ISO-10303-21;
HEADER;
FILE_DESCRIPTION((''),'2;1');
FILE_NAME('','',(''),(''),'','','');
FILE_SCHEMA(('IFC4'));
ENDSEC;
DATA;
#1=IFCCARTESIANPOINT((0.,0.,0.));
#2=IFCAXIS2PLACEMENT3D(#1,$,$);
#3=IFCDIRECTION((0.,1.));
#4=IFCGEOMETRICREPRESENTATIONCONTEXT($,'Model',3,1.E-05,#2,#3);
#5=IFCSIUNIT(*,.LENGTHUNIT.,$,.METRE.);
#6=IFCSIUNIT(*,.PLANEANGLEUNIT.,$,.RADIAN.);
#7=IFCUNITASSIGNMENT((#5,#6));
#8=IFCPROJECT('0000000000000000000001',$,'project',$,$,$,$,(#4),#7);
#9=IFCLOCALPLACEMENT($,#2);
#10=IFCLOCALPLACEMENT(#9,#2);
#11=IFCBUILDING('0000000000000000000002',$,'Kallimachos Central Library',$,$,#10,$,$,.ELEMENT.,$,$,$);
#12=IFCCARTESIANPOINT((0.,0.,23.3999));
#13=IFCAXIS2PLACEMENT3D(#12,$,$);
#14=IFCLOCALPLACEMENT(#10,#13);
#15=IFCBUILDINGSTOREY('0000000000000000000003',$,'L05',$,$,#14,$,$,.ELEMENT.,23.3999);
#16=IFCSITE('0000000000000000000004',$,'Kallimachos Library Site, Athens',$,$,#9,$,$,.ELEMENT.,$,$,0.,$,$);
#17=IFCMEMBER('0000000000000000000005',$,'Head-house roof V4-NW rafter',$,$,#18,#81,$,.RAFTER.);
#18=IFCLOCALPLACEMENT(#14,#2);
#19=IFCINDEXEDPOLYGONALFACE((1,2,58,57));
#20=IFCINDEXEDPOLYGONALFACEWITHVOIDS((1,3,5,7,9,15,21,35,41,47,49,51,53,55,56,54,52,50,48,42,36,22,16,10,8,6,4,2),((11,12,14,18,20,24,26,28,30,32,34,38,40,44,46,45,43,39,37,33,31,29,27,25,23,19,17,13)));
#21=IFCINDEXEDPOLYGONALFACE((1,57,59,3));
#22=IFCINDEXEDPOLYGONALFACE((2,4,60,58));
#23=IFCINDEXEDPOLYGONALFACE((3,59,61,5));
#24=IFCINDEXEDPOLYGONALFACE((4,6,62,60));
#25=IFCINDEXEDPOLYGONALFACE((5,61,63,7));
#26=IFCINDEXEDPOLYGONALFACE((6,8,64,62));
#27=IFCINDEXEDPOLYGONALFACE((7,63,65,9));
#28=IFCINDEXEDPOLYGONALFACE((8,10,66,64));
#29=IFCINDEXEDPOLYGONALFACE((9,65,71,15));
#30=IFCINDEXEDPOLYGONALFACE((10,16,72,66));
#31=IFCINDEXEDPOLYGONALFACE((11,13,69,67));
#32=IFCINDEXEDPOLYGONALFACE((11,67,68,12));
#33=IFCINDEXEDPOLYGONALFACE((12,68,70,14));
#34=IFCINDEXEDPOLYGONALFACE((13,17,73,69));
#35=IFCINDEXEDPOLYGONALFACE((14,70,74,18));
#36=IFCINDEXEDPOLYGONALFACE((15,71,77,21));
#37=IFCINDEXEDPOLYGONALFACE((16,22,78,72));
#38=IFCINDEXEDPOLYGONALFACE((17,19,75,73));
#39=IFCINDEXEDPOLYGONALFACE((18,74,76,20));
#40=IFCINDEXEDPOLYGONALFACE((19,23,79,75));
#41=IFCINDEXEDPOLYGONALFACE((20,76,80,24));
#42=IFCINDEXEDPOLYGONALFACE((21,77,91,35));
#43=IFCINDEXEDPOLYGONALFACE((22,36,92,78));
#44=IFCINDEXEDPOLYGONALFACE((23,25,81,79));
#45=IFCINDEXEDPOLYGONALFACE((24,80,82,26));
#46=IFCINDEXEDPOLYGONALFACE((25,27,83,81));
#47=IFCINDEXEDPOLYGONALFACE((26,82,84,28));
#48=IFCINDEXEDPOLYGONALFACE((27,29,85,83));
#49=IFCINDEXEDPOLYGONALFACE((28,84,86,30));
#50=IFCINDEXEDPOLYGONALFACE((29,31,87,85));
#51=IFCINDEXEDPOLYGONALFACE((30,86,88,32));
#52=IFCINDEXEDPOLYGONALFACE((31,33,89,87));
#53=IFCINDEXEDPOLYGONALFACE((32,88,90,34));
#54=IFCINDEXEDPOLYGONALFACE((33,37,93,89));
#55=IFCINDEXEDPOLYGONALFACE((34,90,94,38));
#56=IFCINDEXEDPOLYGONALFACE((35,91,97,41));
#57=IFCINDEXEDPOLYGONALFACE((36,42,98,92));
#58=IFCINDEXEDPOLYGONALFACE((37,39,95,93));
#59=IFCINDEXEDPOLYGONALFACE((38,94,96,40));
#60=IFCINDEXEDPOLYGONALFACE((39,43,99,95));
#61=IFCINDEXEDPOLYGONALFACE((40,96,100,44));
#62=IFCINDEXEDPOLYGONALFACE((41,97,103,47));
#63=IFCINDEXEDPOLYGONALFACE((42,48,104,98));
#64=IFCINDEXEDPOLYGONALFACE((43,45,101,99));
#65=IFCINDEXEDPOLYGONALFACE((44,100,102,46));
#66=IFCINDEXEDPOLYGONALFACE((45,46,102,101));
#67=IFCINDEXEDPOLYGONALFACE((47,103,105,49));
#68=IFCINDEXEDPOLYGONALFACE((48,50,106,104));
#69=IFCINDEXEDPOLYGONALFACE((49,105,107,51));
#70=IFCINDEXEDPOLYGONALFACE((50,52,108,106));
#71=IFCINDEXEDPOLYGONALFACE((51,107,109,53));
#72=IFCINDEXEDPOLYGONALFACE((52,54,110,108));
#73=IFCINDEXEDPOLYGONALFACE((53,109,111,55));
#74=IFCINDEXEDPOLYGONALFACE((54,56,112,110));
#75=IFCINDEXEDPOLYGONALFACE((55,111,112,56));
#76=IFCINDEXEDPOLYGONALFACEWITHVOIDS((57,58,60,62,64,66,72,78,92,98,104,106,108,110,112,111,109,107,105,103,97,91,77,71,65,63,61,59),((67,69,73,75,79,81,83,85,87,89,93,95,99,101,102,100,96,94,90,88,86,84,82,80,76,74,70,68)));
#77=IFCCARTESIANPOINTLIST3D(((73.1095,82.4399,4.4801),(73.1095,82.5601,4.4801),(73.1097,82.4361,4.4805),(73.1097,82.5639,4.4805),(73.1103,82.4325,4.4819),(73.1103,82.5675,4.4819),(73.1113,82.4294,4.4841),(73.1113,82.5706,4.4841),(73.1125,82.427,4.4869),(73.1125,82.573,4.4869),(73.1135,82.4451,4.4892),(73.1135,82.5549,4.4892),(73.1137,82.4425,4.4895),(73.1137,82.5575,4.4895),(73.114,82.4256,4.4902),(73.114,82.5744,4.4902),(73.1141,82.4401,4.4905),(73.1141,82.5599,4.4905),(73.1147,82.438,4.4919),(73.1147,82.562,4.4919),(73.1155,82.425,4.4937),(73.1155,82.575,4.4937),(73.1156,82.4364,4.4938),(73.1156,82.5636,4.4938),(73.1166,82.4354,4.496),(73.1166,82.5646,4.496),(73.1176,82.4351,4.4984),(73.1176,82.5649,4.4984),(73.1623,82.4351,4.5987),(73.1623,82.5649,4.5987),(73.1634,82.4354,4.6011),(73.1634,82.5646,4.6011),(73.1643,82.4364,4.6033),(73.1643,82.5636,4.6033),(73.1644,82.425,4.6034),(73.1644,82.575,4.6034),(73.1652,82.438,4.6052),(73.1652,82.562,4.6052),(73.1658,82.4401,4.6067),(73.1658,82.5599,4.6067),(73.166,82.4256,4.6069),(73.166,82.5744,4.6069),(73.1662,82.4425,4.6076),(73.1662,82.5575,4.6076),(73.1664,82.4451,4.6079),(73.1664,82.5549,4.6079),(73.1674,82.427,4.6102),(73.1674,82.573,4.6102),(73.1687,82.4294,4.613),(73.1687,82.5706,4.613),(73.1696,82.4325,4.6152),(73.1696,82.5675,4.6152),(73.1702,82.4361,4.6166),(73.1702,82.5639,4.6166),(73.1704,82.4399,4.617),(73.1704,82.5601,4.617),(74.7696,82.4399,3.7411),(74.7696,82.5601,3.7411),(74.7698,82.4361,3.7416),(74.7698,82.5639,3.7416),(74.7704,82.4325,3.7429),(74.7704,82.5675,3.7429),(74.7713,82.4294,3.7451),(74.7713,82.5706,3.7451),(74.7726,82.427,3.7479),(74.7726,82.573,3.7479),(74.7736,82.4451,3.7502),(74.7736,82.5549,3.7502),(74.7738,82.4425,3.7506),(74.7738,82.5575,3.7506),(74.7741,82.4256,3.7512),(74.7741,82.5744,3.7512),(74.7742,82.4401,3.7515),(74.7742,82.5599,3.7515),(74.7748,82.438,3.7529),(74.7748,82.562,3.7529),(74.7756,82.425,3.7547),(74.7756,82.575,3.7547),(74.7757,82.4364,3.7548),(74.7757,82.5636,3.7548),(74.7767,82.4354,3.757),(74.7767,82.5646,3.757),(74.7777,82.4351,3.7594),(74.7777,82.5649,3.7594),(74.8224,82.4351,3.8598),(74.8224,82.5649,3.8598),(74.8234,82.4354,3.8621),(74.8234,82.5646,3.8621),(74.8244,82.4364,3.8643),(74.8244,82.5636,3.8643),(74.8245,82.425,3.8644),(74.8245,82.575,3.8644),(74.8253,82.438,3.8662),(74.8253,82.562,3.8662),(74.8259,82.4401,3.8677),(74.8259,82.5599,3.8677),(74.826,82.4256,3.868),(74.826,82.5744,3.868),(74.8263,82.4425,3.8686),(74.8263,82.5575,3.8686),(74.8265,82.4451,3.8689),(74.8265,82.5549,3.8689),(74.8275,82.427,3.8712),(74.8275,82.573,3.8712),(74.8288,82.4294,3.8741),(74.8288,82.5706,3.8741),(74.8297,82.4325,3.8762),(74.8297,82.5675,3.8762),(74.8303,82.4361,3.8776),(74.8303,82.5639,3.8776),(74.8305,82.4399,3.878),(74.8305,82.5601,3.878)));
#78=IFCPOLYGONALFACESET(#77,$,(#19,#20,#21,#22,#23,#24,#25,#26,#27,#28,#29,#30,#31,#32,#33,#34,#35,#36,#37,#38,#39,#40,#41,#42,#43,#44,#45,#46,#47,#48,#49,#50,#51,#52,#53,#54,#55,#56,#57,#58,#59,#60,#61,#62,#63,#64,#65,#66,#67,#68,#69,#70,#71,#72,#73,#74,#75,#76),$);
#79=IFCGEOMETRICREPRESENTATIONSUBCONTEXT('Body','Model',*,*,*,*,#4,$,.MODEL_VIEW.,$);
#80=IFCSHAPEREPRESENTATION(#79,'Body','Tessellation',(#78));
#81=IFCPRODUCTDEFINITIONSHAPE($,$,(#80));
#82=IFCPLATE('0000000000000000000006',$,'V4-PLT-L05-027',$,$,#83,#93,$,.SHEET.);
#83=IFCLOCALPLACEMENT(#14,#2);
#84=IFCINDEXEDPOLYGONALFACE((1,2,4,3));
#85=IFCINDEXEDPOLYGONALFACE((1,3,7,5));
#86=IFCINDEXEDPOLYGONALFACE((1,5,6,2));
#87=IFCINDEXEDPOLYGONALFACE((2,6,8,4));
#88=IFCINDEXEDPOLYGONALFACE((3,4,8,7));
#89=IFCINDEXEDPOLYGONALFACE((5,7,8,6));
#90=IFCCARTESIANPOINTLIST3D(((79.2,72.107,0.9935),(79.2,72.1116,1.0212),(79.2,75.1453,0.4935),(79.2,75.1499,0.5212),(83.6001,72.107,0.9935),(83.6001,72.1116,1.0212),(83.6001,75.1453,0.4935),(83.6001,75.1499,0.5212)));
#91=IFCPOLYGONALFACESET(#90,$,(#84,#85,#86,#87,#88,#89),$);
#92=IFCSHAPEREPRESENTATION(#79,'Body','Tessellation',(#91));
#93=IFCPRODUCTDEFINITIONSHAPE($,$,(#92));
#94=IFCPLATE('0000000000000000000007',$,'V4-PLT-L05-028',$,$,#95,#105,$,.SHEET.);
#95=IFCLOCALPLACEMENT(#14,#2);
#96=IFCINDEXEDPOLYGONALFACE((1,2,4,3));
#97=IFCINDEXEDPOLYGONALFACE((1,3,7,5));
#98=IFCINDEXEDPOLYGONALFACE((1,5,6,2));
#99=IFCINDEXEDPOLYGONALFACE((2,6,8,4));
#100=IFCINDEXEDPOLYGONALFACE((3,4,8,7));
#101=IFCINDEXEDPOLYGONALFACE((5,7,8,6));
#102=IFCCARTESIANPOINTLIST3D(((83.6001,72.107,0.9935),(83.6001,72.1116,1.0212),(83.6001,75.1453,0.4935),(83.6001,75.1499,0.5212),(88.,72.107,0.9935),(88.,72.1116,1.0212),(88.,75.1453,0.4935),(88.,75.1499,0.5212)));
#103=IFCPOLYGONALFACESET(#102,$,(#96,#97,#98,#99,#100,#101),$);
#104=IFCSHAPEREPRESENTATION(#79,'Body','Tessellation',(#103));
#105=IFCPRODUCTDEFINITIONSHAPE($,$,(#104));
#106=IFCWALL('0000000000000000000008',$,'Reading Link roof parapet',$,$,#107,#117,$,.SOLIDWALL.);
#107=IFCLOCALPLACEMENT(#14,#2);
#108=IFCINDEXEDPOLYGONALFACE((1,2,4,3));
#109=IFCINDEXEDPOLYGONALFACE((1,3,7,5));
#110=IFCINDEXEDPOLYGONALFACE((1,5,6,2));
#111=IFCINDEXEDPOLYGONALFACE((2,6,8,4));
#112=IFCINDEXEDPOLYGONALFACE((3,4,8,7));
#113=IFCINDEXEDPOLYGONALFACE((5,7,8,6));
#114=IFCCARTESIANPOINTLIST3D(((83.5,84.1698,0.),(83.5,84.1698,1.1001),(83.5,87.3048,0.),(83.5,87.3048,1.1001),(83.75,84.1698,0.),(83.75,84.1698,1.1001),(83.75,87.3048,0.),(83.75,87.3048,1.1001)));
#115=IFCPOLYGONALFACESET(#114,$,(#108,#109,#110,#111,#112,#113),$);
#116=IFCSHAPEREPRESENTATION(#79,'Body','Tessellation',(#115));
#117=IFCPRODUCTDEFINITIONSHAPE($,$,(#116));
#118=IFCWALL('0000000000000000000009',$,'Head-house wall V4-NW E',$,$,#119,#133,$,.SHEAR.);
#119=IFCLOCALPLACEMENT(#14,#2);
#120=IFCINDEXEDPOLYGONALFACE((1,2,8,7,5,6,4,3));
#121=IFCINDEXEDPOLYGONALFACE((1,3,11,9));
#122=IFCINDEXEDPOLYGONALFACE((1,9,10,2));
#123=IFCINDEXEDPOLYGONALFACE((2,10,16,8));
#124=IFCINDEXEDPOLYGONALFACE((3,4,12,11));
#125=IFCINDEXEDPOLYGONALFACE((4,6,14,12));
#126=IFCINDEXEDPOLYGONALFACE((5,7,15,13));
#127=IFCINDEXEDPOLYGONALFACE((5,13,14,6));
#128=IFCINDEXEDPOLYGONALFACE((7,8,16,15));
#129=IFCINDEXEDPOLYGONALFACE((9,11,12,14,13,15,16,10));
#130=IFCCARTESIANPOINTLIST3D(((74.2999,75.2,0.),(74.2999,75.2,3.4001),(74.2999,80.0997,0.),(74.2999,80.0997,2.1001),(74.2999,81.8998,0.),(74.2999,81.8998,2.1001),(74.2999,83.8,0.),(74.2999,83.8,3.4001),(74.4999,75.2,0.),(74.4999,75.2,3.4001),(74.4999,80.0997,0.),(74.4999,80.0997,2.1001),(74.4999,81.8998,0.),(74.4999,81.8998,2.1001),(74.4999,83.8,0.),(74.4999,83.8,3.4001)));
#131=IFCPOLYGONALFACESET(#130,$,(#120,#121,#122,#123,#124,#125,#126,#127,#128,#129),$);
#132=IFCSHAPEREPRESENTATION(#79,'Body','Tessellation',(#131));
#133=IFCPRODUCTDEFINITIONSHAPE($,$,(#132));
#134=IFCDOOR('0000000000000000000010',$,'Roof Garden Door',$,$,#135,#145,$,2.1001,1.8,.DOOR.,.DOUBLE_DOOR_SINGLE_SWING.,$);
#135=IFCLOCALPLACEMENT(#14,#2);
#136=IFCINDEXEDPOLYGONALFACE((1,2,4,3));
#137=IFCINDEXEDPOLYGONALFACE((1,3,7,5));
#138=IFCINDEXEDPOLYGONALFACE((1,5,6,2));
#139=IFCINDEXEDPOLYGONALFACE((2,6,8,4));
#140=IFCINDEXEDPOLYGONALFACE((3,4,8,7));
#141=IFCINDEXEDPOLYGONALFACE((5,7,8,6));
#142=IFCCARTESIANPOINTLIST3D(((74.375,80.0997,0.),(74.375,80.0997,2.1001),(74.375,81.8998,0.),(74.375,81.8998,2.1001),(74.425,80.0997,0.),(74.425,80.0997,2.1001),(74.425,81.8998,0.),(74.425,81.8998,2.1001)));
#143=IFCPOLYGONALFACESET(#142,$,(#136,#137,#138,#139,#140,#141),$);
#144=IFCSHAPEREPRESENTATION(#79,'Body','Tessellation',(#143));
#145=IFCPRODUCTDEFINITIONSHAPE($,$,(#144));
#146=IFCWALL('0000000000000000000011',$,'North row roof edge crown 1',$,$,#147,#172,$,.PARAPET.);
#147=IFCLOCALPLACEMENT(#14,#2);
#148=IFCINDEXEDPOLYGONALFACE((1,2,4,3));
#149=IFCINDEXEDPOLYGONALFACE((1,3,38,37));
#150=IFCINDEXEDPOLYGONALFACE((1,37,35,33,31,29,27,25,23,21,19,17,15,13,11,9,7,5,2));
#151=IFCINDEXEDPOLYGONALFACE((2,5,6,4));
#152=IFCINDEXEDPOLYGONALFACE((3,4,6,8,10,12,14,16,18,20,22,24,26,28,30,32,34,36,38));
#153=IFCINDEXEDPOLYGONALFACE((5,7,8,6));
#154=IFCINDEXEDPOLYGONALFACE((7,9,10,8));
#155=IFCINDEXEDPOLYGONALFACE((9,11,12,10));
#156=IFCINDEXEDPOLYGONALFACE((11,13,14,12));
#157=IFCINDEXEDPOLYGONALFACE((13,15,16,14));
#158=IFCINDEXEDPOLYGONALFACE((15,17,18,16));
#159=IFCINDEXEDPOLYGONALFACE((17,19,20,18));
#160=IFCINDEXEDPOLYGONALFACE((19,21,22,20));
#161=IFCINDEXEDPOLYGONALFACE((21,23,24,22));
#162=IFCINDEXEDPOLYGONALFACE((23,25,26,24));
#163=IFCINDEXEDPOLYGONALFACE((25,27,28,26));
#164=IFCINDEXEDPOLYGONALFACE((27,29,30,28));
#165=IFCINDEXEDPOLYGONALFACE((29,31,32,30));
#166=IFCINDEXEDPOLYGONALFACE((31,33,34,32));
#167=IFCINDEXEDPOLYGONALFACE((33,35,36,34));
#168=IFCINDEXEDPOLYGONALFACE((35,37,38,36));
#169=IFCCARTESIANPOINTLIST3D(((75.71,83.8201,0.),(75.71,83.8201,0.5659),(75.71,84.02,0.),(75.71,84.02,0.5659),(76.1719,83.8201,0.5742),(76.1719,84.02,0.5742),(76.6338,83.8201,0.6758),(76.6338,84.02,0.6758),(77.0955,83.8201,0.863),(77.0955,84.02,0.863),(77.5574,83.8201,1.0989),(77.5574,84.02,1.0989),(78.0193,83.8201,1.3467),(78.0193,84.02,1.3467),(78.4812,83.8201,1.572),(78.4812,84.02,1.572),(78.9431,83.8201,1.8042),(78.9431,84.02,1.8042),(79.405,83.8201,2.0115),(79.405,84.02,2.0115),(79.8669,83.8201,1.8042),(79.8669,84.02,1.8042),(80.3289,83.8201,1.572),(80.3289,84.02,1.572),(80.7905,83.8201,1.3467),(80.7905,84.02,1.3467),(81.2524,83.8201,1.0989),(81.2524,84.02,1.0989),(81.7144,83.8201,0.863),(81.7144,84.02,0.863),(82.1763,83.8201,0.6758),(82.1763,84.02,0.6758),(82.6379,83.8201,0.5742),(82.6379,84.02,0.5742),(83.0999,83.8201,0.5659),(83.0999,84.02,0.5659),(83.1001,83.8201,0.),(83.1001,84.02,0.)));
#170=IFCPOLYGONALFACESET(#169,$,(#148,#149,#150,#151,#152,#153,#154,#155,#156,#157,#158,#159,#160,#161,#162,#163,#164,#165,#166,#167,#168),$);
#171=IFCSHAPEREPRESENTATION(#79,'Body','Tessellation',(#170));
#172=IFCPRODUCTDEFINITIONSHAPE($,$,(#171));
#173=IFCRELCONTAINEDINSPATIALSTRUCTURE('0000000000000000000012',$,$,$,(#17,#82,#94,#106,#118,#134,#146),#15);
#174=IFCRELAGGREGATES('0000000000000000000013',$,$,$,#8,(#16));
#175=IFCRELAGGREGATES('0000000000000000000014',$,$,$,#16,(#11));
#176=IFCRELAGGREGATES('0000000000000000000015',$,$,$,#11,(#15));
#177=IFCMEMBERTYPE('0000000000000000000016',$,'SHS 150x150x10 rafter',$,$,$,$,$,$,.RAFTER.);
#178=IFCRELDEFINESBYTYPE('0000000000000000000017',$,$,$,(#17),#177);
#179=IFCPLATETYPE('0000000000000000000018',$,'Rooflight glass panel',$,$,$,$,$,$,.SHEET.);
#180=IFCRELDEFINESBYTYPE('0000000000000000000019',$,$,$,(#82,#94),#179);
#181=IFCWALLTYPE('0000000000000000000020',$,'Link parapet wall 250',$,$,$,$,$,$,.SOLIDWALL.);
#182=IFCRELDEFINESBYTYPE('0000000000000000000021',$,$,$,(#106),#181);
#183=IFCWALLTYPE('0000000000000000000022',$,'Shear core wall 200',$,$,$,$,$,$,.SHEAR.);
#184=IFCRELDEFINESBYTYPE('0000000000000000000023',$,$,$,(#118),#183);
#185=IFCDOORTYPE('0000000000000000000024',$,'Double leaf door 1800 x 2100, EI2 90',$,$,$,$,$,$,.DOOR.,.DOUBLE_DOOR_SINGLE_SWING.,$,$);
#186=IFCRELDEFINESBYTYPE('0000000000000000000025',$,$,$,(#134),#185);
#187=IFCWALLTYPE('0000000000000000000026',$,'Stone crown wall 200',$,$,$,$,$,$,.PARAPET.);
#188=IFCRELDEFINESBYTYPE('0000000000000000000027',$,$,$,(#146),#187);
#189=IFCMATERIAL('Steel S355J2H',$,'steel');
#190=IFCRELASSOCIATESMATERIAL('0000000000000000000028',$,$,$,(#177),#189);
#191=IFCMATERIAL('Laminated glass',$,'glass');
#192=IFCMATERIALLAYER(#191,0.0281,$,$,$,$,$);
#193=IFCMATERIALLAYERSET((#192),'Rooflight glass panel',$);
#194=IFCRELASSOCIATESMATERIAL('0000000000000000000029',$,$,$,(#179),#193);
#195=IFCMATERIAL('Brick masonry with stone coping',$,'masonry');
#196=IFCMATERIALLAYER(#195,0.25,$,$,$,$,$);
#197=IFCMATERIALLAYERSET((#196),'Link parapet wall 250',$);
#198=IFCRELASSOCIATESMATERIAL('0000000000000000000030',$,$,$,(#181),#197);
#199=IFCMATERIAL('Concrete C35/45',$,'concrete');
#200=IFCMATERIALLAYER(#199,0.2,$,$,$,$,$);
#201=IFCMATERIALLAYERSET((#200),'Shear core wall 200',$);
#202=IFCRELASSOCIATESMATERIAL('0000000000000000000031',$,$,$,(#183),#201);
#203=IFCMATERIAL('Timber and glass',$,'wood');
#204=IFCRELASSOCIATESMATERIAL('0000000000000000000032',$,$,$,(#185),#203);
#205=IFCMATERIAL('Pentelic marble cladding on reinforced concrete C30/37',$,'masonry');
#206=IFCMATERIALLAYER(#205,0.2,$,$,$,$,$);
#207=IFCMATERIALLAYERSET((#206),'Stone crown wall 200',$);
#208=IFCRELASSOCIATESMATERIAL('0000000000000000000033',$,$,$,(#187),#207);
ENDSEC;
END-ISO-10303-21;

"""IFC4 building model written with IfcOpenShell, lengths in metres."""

from ifc_helpers import new_model, si_unit, direction, frame, frame_2d, origin, origin_2d, place, context, subcontext, project, spatial, polyline, rectangle, hollow_rectangle, outline, extrude, material, layer, layer_set, material_profile, profile_set, type_object, element, fill, save


model = new_model("IFC4")

# Units and contexts
model_context = context("Model", 3, precision=1e-05, world=origin(), true_north=direction((0.0, 1.0)))
body_context = subcontext(model_context, "Body", "Model", "MODEL_VIEW")
ifc_project = project(units=[si_unit("LENGTHUNIT", "METRE"), si_unit("PLANEANGLEUNIT", "RADIAN")], contexts=[model_context])

# Site, building, storey
site_placement = place(None, origin())
site = spatial("IfcSite", under=ifc_project, at=site_placement, Name="Kallimachos Library Site, Athens", CompositionType="ELEMENT", RefElevation=0.0)
building_placement = place(site_placement, origin())
building = spatial("IfcBuilding", under=site, at=building_placement, Name="Kallimachos Central Library", CompositionType="ELEMENT")
storey_placement = place(building_placement, frame((0.0, 0.0, 23.3999)))
storey = spatial("IfcBuildingStorey", under=building, at=storey_placement, Name="L05", CompositionType="ELEMENT", Elevation=23.3999)

# Member
ifc_material_1 = material(Name="Steel S355J2H", Category="steel")
ifc_material_profile_1 = material_profile(ifc_material_1, hollow_rectangle(XDim=0.1499, YDim=0.1499, WallThickness=0.01, InnerFilletRadius=0.01, OuterFilletRadius=0.0149, at=origin_2d()), Name="SHS 150x150x10")
ifc_profile_set_1 = profile_set([ifc_material_profile_1], Name="Steel S355J2H")
member_type_1 = type_object("IfcMemberType", Name="SHS 150x150x10 rafter", PredefinedType="RAFTER", material=ifc_profile_set_1)
member_1_placement = place(storey_placement, frame((74.8, 82.5, 3.8096), z_axis=(-0.913573, 0.0, 0.406674), x_axis=(0.0, -1.0, 0.0)))
element("IfcMember", 1, at=member_1_placement, inside=storey, type_object=member_type_1, Name="Head-house roof V4-NW rafter", PredefinedType="RAFTER", context=body_context, shape_type="SweptSolid", body=[
    extrude(hollow_rectangle(XDim=0.1499, YDim=0.1499, WallThickness=0.01, InnerFilletRadius=0.01, OuterFilletRadius=0.0149, at=origin_2d()), origin(), (0.0, 0.0, 1.0), 1.8171),
])

# Plates
ifc_material_2 = material(Name="Laminated glass", Category="glass")
ifc_layer_1 = layer(ifc_material_2, 0.0281)
ifc_layer_set_1 = layer_set([ifc_layer_1], Name="Rooflight glass panel")
plate_type = type_object("IfcPlateType", Name="Rooflight glass panel", PredefinedType="SHEET", material=ifc_layer_set_1)
plate_1_placement = place(storey_placement, frame((79.2, 75.1499, 0.5212), z_axis=(0.0, 0.16238, 0.986728), x_axis=(1.0, 0.0, 0.0)))
element("IfcPlate", 2, at=plate_1_placement, inside=storey, type_object=plate_type, Name="V4-PLT-L05-027", PredefinedType="SHEET", context=body_context, shape_type="SweptSolid", body=[
    extrude(outline(polyline([(0.0, 0.0), (4.4001, 0.0), (4.4001, -3.0792), (0.0, -3.0792), (0.0, 0.0)])), origin(), (0.0, 0.0, -1.0), 0.0281),
])
plate_2_placement = place(storey_placement, frame((83.6001, 75.1499, 0.5212), z_axis=(0.0, 0.16238, 0.986728), x_axis=(1.0, 0.0, 0.0)))
element("IfcPlate", 3, at=plate_2_placement, inside=storey, type_object=plate_type, Name="V4-PLT-L05-028", PredefinedType="SHEET", context=body_context, shape_type="SweptSolid", body=[
    extrude(outline(polyline([(0.0, 0.0), (4.3999, 0.0), (4.3999, -3.0792), (0.0, -3.0792), (0.0, 0.0)])), origin(), (0.0, 0.0, -1.0), 0.0281),
])

# Wall
ifc_material_3 = material(Name="Brick masonry with stone coping", Category="masonry")
ifc_layer_2 = layer(ifc_material_3, 0.25)
ifc_layer_set_2 = layer_set([ifc_layer_2], Name="Link parapet wall 250")
wall_type_1 = type_object("IfcWallType", Name="Link parapet wall 250", PredefinedType="SOLIDWALL", material=ifc_layer_set_2)
wall_1_placement = place(storey_placement, frame((83.625, 84.1699, 0.0), z_axis=(0.0, 0.0, 1.0), x_axis=(0.0, 1.0, 0.0)))
element("IfcWall", 4, at=wall_1_placement, inside=storey, type_object=wall_type_1, Name="Reading Link roof parapet", PredefinedType="SOLIDWALL", context=body_context, shape_type="SweptSolid", body=[
    extrude(rectangle(XDim=3.135, YDim=0.25, at=frame_2d((1.5674, 0.0))), origin(), (0.0, 0.0, 1.0), 1.1001),
])

# Wall, opening, door
ifc_material_4 = material(Name="Concrete C35/45", Category="concrete")
ifc_layer_3 = layer(ifc_material_4, 0.2)
ifc_layer_set_3 = layer_set([ifc_layer_3], Name="Shear core wall 200")
wall_type_2 = type_object("IfcWallType", Name="Shear core wall 200", PredefinedType="SHEAR", material=ifc_layer_set_3)
wall_2_placement = place(storey_placement, frame((74.3999, 75.2, 0.0), z_axis=(0.0, 0.0, 1.0), x_axis=(0.0, 1.0, 0.0)))
wall_2 = element("IfcWall", 5, at=wall_2_placement, inside=storey, type_object=wall_type_2, Name="Head-house wall V4-NW E", PredefinedType="SHEAR", context=body_context, shape_type="SweptSolid", body=[
    extrude(rectangle(XDim=8.6001, YDim=0.2, at=frame_2d((4.3, 0.0))), origin(), (0.0, 0.0, 1.0), 3.4001),
])
opening_placement = place(wall_2_placement, frame((4.8999, 0.0, 0.0)))
opening = element("IfcOpeningElement", 6, at=opening_placement, cuts=wall_2, PredefinedType="OPENING", context=body_context, shape_type="SweptSolid", body=[
    extrude(rectangle(XDim=1.8, YDim=2.1001, at=frame_2d((0.8999, 1.05))), frame((0.0, 0.1099, 0.0), z_axis=(0.0, -1.0, 0.0), x_axis=(1.0, 0.0, 0.0)), (0.0, 0.0, 1.0), 0.22),
])
ifc_material_5 = material(Name="Timber and glass", Category="wood")
door_type = type_object("IfcDoorType", Name="Double leaf door 1800 x 2100, EI2 90", OperationType="DOUBLE_DOOR_SINGLE_SWING", PredefinedType="DOOR", material=ifc_material_5)
door_placement = place(opening_placement, origin())
door = element("IfcDoor", 7, at=door_placement, inside=storey, type_object=door_type, Name="Roof Garden Door", OperationType="DOUBLE_DOOR_SINGLE_SWING", OverallHeight=2.1001, OverallWidth=1.8, PredefinedType="DOOR", context=body_context, shape_type="SweptSolid", body=[
    extrude(rectangle(XDim=1.8, YDim=2.1001, at=frame_2d((0.8999, 1.05))), frame((0.0, 0.0249, 0.0), z_axis=(0.0, -1.0, 0.0), x_axis=(1.0, 0.0, 0.0)), (0.0, 0.0, 1.0), 0.05),
])
fill(opening, door)

# Wall
ifc_material_6 = material(Name="Pentelic marble cladding on reinforced concrete C30/37", Category="masonry")
ifc_layer_4 = layer(ifc_material_6, 0.2)
ifc_layer_set_4 = layer_set([ifc_layer_4], Name="Stone crown wall 200")
wall_type_3 = type_object("IfcWallType", Name="Stone crown wall 200", PredefinedType="PARAPET", material=ifc_layer_set_4)
wall_3_placement = place(storey_placement, frame((75.71, 83.9199, 0.0), z_axis=(0.0, 0.0, 1.0), x_axis=(1.0, 0.0, 0.0)))
element("IfcWall", 8, at=wall_3_placement, inside=storey, type_object=wall_type_3, Name="North row roof edge crown 1", PredefinedType="PARAPET", context=body_context, shape_type="SweptSolid", body=[
    extrude(outline(polyline([(0.0, 0.0), (7.3901, 0.0), (7.3899, 0.5659), (6.928, 0.5742), (6.4663, 0.6758), (6.0044, 0.863), (5.5425, 1.0989), (5.0806, 1.3467), (4.6189, 1.572), (4.157, 1.8042), (3.6951, 2.0115), (3.2332, 1.8042), (2.7712, 1.572), (2.3093, 1.3467), (1.8474, 1.0989), (1.3855, 0.863), (0.9238, 0.6758), (0.4619, 0.5742), (0.0, 0.5659), (0.0, 0.0)])), frame((0.0, 0.1001, 0.0), z_axis=(0.0, -1.0, 0.0), x_axis=(1.0, 0.0, 0.0)), (0.0, 0.0, 1.0), 0.2),
])

save(model, "model.ifc")
